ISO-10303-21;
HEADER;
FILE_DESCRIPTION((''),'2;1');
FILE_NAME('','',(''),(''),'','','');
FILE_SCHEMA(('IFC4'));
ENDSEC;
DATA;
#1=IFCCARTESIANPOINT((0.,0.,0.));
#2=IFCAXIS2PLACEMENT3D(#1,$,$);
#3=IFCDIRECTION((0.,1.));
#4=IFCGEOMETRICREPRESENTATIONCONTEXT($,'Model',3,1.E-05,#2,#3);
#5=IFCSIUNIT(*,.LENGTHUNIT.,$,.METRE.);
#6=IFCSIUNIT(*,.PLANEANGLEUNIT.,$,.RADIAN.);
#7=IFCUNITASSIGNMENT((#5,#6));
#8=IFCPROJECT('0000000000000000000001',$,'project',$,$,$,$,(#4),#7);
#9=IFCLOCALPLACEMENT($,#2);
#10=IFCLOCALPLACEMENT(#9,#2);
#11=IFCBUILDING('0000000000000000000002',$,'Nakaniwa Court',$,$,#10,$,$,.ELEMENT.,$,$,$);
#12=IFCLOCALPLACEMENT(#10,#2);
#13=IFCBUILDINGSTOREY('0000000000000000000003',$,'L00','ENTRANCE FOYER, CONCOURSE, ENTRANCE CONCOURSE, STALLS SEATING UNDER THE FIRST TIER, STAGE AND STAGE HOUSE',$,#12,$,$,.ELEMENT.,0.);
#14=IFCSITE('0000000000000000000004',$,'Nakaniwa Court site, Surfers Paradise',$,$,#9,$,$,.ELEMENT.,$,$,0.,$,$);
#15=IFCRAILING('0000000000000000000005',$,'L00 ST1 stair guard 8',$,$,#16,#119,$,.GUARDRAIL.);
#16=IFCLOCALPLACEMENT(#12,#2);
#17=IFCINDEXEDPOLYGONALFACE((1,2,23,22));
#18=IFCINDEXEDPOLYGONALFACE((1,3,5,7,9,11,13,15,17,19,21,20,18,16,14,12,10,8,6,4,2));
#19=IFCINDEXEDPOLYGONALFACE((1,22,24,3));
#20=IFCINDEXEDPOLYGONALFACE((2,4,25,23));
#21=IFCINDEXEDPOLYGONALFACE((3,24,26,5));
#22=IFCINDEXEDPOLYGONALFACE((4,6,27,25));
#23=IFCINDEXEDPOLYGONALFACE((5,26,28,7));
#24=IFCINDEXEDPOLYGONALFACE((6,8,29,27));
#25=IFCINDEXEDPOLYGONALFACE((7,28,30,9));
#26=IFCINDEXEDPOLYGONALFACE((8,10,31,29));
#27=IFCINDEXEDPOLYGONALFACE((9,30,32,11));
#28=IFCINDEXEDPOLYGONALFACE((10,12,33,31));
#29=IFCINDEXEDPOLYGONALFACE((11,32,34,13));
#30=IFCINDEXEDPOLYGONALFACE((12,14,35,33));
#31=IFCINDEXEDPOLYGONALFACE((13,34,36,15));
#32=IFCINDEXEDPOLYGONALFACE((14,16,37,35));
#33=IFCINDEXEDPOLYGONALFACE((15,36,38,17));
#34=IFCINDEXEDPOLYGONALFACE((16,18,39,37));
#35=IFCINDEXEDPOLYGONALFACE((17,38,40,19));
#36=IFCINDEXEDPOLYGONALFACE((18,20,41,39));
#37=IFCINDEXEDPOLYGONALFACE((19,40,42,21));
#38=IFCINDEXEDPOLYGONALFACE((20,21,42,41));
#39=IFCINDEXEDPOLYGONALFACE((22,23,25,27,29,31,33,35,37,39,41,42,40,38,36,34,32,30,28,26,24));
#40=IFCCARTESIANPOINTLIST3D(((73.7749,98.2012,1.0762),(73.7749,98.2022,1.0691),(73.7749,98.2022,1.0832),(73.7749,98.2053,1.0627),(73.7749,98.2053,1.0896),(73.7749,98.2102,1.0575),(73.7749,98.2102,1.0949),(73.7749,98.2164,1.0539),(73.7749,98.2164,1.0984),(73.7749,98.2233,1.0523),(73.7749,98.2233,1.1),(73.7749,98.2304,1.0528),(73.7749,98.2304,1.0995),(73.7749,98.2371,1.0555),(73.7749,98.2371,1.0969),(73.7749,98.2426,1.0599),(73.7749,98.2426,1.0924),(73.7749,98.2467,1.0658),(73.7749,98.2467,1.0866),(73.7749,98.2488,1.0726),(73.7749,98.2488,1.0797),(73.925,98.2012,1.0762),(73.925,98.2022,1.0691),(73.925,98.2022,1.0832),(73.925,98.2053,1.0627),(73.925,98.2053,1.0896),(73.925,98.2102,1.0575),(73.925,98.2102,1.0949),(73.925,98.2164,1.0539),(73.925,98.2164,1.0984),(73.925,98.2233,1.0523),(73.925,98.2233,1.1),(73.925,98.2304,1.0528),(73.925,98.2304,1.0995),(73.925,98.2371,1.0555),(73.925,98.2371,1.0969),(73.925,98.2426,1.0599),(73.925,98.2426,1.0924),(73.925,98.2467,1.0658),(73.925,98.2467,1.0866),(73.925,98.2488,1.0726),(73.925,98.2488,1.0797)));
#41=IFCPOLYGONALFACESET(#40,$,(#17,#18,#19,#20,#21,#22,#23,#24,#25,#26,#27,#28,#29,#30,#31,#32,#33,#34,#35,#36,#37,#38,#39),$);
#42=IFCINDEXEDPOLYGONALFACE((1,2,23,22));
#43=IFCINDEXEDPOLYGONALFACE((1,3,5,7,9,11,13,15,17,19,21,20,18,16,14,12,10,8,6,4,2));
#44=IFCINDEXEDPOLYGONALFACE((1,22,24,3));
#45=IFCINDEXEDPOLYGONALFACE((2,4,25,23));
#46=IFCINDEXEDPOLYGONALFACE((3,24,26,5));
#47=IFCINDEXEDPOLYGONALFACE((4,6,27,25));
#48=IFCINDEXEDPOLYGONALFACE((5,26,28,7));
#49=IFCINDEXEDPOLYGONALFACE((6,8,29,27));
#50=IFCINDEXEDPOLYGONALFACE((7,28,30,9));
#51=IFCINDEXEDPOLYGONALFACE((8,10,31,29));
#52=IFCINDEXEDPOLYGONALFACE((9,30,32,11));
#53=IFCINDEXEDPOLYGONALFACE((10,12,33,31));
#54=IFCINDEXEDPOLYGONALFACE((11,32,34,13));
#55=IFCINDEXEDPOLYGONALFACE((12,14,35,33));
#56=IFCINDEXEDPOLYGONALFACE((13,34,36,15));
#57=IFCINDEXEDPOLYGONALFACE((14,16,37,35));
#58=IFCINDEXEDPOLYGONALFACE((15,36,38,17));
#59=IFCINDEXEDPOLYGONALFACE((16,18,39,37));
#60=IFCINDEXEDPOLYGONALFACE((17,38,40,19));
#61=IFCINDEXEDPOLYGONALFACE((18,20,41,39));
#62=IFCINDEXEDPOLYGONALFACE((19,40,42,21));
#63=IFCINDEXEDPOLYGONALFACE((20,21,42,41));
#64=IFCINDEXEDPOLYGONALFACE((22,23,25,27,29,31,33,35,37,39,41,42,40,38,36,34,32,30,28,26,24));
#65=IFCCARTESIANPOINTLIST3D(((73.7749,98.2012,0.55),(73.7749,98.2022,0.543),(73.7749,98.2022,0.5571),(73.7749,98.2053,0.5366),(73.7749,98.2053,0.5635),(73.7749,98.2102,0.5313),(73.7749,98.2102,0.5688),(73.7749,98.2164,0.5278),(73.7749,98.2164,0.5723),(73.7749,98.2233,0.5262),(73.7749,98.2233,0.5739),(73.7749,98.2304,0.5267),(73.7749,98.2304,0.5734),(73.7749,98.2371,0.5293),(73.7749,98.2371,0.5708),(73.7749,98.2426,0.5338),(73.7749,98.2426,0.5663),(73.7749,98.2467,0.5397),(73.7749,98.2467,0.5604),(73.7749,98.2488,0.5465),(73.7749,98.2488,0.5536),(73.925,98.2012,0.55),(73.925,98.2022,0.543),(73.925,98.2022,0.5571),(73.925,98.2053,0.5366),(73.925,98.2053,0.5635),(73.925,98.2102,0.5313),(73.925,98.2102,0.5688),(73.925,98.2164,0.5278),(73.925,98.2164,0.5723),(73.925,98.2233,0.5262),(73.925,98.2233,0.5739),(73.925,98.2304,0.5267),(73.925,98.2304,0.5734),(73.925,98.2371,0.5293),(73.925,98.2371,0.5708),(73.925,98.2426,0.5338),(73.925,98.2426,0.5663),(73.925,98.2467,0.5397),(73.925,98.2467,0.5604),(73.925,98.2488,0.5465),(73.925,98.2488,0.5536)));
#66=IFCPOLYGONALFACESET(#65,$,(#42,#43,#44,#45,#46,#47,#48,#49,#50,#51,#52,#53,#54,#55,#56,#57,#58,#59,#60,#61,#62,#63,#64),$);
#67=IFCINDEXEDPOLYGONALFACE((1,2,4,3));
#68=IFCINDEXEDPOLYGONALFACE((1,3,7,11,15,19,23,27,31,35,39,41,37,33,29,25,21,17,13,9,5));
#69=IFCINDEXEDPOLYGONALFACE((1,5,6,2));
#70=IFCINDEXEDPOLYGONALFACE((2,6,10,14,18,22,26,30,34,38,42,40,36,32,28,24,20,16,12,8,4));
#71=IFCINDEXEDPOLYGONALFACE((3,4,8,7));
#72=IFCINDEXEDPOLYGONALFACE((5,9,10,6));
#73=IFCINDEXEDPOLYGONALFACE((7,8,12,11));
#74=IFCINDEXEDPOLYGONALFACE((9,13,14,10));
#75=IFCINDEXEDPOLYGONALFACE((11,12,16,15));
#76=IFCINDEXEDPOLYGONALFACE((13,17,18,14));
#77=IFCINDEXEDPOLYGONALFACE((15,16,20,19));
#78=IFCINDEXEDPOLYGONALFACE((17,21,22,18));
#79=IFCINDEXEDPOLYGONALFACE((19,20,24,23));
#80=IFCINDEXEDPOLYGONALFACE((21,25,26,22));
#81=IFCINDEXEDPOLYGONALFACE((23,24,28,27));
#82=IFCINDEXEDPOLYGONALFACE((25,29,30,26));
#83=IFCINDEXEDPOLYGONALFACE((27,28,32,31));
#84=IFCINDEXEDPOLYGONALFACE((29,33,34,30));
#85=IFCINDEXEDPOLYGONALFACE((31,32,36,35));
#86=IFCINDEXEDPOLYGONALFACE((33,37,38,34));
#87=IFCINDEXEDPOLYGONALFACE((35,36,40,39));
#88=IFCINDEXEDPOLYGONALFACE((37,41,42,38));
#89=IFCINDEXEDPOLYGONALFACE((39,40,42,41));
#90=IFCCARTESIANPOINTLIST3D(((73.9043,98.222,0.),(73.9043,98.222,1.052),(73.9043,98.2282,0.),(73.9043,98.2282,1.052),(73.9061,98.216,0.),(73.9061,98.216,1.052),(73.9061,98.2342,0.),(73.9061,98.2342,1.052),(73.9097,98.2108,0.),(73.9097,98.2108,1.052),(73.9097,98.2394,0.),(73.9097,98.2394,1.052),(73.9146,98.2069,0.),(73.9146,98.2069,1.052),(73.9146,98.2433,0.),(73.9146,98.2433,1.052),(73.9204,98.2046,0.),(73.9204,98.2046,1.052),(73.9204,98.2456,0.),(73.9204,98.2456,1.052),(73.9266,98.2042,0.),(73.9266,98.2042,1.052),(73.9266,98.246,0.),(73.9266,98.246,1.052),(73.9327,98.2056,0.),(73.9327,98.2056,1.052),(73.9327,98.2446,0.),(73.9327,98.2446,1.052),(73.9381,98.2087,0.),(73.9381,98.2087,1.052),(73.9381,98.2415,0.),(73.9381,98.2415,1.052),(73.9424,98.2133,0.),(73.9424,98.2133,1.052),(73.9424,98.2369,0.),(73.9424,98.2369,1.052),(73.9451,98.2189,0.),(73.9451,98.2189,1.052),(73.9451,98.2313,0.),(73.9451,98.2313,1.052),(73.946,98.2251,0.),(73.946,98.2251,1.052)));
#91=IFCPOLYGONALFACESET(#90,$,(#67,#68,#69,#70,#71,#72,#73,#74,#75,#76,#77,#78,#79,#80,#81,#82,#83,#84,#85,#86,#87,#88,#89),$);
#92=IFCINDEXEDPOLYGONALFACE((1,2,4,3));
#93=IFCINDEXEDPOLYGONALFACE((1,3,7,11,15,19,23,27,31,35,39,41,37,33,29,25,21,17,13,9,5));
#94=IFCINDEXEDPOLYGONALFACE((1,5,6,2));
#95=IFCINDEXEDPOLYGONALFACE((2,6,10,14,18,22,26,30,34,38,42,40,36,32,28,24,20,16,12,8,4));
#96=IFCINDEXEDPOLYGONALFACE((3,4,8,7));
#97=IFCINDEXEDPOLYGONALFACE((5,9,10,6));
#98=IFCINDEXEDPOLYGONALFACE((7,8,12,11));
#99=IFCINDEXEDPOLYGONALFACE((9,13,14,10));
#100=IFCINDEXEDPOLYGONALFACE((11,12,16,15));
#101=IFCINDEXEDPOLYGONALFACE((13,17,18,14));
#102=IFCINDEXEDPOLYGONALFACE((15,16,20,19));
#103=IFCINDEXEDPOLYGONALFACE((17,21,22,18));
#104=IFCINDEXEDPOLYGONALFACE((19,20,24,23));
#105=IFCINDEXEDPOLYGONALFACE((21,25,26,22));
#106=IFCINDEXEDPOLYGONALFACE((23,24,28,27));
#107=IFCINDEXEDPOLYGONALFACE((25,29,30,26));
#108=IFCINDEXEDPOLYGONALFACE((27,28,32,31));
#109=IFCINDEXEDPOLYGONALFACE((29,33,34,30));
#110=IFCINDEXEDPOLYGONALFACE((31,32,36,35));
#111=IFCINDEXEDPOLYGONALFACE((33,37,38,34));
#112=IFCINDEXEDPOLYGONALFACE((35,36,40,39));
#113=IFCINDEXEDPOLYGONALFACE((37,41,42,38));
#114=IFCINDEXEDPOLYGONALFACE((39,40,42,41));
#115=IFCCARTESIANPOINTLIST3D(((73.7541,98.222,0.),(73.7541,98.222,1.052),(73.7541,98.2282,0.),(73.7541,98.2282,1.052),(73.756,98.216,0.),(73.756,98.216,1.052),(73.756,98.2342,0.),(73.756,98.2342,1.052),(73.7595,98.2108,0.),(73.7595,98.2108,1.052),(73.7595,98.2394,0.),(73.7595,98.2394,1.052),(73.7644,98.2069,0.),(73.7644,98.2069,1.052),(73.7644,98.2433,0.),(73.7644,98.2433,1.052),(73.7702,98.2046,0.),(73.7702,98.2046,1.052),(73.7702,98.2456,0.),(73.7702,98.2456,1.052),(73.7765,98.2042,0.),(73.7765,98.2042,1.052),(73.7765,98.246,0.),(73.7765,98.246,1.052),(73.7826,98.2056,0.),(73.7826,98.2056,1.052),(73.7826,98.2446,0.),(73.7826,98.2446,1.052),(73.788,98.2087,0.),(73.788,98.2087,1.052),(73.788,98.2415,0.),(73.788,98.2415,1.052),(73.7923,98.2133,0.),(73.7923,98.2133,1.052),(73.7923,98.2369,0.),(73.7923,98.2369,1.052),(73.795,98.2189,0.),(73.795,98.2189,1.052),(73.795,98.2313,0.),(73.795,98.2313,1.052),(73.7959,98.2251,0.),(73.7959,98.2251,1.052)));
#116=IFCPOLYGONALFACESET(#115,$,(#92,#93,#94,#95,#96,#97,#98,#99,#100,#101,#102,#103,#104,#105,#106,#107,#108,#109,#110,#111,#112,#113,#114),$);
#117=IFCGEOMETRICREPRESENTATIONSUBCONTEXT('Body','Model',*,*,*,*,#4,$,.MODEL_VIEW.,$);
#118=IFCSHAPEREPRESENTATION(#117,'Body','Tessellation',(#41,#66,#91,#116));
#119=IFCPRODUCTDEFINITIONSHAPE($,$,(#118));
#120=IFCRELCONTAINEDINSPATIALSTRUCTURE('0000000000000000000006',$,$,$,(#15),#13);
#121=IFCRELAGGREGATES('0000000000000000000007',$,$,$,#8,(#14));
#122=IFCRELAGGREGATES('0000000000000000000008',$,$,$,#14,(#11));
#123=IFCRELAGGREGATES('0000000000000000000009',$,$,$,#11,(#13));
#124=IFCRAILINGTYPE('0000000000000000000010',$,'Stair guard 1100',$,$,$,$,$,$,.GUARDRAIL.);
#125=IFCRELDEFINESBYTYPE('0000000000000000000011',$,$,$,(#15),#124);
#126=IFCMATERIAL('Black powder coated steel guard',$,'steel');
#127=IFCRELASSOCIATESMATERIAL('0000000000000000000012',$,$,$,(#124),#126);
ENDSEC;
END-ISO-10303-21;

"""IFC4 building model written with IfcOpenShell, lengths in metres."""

from ifc_helpers import new_model, si_unit, direction, frame, origin, origin_2d, place, context, subcontext, project, spatial, circle, extrude, material, type_object, element, save


model = new_model("IFC4")

# Units and contexts
model_context = context("Model", 3, precision=1e-05, world=origin(), true_north=direction((0.0, 1.0)))
body_context = subcontext(model_context, "Body", "Model", "MODEL_VIEW")
ifc_project = project(units=[si_unit("LENGTHUNIT", "METRE"), si_unit("PLANEANGLEUNIT", "RADIAN")], contexts=[model_context])

# Site, building, storey
site_placement = place(None, origin())
site = spatial("IfcSite", under=ifc_project, at=site_placement, Name="Nakaniwa Court site, Surfers Paradise", CompositionType="ELEMENT", RefElevation=0.0)
building_placement = place(site_placement, origin())
building = spatial("IfcBuilding", under=site, at=building_placement, Name="Nakaniwa Court", CompositionType="ELEMENT")
storey_placement = place(building_placement, origin())
storey = spatial("IfcBuildingStorey", under=building, at=storey_placement, Name="L00", Description="ENTRANCE FOYER, CONCOURSE, ENTRANCE CONCOURSE, STALLS SEATING UNDER THE FIRST TIER, STAGE AND STAGE HOUSE", CompositionType="ELEMENT", Elevation=0.0)

# Railing
ifc_material_1 = material(Name="Black powder coated steel guard", Category="steel")
railing_type_1 = type_object("IfcRailingType", Name="Stair guard 1100", PredefinedType="GUARDRAIL", material=ifc_material_1)
railing_1_placement = place(storey_placement, frame((73.925, 98.2251, 0.0)))
element("IfcRailing", 1, at=railing_1_placement, inside=storey, type_object=railing_type_1, Name="L00 ST1 stair guard 8", PredefinedType="GUARDRAIL", context=body_context, shape_type="SweptSolid", body=[
    extrude(circle(Radius=0.0239, at=origin_2d()), frame((0.0, 0.0, 1.0762), z_axis=(-1.0, 0.0, 0.0), x_axis=(0.0, -1.0, 0.0)), (0.0, 0.0, 1.0), 0.1501),
    extrude(circle(Radius=0.0239, at=origin_2d()), frame((0.0, 0.0, 0.55), z_axis=(-1.0, 0.0, 0.0), x_axis=(0.0, -1.0, 0.0)), (0.0, 0.0, 1.0), 0.1501),
    extrude(circle(Radius=0.021, at=origin_2d()), origin(), (0.0, 0.0, 1.0), 1.052),
    extrude(circle(Radius=0.021, at=origin_2d()), frame((-0.1501, 0.0, 0.0)), (0.0, 0.0, 1.0), 1.052),
])

save(model, "model.ifc")
